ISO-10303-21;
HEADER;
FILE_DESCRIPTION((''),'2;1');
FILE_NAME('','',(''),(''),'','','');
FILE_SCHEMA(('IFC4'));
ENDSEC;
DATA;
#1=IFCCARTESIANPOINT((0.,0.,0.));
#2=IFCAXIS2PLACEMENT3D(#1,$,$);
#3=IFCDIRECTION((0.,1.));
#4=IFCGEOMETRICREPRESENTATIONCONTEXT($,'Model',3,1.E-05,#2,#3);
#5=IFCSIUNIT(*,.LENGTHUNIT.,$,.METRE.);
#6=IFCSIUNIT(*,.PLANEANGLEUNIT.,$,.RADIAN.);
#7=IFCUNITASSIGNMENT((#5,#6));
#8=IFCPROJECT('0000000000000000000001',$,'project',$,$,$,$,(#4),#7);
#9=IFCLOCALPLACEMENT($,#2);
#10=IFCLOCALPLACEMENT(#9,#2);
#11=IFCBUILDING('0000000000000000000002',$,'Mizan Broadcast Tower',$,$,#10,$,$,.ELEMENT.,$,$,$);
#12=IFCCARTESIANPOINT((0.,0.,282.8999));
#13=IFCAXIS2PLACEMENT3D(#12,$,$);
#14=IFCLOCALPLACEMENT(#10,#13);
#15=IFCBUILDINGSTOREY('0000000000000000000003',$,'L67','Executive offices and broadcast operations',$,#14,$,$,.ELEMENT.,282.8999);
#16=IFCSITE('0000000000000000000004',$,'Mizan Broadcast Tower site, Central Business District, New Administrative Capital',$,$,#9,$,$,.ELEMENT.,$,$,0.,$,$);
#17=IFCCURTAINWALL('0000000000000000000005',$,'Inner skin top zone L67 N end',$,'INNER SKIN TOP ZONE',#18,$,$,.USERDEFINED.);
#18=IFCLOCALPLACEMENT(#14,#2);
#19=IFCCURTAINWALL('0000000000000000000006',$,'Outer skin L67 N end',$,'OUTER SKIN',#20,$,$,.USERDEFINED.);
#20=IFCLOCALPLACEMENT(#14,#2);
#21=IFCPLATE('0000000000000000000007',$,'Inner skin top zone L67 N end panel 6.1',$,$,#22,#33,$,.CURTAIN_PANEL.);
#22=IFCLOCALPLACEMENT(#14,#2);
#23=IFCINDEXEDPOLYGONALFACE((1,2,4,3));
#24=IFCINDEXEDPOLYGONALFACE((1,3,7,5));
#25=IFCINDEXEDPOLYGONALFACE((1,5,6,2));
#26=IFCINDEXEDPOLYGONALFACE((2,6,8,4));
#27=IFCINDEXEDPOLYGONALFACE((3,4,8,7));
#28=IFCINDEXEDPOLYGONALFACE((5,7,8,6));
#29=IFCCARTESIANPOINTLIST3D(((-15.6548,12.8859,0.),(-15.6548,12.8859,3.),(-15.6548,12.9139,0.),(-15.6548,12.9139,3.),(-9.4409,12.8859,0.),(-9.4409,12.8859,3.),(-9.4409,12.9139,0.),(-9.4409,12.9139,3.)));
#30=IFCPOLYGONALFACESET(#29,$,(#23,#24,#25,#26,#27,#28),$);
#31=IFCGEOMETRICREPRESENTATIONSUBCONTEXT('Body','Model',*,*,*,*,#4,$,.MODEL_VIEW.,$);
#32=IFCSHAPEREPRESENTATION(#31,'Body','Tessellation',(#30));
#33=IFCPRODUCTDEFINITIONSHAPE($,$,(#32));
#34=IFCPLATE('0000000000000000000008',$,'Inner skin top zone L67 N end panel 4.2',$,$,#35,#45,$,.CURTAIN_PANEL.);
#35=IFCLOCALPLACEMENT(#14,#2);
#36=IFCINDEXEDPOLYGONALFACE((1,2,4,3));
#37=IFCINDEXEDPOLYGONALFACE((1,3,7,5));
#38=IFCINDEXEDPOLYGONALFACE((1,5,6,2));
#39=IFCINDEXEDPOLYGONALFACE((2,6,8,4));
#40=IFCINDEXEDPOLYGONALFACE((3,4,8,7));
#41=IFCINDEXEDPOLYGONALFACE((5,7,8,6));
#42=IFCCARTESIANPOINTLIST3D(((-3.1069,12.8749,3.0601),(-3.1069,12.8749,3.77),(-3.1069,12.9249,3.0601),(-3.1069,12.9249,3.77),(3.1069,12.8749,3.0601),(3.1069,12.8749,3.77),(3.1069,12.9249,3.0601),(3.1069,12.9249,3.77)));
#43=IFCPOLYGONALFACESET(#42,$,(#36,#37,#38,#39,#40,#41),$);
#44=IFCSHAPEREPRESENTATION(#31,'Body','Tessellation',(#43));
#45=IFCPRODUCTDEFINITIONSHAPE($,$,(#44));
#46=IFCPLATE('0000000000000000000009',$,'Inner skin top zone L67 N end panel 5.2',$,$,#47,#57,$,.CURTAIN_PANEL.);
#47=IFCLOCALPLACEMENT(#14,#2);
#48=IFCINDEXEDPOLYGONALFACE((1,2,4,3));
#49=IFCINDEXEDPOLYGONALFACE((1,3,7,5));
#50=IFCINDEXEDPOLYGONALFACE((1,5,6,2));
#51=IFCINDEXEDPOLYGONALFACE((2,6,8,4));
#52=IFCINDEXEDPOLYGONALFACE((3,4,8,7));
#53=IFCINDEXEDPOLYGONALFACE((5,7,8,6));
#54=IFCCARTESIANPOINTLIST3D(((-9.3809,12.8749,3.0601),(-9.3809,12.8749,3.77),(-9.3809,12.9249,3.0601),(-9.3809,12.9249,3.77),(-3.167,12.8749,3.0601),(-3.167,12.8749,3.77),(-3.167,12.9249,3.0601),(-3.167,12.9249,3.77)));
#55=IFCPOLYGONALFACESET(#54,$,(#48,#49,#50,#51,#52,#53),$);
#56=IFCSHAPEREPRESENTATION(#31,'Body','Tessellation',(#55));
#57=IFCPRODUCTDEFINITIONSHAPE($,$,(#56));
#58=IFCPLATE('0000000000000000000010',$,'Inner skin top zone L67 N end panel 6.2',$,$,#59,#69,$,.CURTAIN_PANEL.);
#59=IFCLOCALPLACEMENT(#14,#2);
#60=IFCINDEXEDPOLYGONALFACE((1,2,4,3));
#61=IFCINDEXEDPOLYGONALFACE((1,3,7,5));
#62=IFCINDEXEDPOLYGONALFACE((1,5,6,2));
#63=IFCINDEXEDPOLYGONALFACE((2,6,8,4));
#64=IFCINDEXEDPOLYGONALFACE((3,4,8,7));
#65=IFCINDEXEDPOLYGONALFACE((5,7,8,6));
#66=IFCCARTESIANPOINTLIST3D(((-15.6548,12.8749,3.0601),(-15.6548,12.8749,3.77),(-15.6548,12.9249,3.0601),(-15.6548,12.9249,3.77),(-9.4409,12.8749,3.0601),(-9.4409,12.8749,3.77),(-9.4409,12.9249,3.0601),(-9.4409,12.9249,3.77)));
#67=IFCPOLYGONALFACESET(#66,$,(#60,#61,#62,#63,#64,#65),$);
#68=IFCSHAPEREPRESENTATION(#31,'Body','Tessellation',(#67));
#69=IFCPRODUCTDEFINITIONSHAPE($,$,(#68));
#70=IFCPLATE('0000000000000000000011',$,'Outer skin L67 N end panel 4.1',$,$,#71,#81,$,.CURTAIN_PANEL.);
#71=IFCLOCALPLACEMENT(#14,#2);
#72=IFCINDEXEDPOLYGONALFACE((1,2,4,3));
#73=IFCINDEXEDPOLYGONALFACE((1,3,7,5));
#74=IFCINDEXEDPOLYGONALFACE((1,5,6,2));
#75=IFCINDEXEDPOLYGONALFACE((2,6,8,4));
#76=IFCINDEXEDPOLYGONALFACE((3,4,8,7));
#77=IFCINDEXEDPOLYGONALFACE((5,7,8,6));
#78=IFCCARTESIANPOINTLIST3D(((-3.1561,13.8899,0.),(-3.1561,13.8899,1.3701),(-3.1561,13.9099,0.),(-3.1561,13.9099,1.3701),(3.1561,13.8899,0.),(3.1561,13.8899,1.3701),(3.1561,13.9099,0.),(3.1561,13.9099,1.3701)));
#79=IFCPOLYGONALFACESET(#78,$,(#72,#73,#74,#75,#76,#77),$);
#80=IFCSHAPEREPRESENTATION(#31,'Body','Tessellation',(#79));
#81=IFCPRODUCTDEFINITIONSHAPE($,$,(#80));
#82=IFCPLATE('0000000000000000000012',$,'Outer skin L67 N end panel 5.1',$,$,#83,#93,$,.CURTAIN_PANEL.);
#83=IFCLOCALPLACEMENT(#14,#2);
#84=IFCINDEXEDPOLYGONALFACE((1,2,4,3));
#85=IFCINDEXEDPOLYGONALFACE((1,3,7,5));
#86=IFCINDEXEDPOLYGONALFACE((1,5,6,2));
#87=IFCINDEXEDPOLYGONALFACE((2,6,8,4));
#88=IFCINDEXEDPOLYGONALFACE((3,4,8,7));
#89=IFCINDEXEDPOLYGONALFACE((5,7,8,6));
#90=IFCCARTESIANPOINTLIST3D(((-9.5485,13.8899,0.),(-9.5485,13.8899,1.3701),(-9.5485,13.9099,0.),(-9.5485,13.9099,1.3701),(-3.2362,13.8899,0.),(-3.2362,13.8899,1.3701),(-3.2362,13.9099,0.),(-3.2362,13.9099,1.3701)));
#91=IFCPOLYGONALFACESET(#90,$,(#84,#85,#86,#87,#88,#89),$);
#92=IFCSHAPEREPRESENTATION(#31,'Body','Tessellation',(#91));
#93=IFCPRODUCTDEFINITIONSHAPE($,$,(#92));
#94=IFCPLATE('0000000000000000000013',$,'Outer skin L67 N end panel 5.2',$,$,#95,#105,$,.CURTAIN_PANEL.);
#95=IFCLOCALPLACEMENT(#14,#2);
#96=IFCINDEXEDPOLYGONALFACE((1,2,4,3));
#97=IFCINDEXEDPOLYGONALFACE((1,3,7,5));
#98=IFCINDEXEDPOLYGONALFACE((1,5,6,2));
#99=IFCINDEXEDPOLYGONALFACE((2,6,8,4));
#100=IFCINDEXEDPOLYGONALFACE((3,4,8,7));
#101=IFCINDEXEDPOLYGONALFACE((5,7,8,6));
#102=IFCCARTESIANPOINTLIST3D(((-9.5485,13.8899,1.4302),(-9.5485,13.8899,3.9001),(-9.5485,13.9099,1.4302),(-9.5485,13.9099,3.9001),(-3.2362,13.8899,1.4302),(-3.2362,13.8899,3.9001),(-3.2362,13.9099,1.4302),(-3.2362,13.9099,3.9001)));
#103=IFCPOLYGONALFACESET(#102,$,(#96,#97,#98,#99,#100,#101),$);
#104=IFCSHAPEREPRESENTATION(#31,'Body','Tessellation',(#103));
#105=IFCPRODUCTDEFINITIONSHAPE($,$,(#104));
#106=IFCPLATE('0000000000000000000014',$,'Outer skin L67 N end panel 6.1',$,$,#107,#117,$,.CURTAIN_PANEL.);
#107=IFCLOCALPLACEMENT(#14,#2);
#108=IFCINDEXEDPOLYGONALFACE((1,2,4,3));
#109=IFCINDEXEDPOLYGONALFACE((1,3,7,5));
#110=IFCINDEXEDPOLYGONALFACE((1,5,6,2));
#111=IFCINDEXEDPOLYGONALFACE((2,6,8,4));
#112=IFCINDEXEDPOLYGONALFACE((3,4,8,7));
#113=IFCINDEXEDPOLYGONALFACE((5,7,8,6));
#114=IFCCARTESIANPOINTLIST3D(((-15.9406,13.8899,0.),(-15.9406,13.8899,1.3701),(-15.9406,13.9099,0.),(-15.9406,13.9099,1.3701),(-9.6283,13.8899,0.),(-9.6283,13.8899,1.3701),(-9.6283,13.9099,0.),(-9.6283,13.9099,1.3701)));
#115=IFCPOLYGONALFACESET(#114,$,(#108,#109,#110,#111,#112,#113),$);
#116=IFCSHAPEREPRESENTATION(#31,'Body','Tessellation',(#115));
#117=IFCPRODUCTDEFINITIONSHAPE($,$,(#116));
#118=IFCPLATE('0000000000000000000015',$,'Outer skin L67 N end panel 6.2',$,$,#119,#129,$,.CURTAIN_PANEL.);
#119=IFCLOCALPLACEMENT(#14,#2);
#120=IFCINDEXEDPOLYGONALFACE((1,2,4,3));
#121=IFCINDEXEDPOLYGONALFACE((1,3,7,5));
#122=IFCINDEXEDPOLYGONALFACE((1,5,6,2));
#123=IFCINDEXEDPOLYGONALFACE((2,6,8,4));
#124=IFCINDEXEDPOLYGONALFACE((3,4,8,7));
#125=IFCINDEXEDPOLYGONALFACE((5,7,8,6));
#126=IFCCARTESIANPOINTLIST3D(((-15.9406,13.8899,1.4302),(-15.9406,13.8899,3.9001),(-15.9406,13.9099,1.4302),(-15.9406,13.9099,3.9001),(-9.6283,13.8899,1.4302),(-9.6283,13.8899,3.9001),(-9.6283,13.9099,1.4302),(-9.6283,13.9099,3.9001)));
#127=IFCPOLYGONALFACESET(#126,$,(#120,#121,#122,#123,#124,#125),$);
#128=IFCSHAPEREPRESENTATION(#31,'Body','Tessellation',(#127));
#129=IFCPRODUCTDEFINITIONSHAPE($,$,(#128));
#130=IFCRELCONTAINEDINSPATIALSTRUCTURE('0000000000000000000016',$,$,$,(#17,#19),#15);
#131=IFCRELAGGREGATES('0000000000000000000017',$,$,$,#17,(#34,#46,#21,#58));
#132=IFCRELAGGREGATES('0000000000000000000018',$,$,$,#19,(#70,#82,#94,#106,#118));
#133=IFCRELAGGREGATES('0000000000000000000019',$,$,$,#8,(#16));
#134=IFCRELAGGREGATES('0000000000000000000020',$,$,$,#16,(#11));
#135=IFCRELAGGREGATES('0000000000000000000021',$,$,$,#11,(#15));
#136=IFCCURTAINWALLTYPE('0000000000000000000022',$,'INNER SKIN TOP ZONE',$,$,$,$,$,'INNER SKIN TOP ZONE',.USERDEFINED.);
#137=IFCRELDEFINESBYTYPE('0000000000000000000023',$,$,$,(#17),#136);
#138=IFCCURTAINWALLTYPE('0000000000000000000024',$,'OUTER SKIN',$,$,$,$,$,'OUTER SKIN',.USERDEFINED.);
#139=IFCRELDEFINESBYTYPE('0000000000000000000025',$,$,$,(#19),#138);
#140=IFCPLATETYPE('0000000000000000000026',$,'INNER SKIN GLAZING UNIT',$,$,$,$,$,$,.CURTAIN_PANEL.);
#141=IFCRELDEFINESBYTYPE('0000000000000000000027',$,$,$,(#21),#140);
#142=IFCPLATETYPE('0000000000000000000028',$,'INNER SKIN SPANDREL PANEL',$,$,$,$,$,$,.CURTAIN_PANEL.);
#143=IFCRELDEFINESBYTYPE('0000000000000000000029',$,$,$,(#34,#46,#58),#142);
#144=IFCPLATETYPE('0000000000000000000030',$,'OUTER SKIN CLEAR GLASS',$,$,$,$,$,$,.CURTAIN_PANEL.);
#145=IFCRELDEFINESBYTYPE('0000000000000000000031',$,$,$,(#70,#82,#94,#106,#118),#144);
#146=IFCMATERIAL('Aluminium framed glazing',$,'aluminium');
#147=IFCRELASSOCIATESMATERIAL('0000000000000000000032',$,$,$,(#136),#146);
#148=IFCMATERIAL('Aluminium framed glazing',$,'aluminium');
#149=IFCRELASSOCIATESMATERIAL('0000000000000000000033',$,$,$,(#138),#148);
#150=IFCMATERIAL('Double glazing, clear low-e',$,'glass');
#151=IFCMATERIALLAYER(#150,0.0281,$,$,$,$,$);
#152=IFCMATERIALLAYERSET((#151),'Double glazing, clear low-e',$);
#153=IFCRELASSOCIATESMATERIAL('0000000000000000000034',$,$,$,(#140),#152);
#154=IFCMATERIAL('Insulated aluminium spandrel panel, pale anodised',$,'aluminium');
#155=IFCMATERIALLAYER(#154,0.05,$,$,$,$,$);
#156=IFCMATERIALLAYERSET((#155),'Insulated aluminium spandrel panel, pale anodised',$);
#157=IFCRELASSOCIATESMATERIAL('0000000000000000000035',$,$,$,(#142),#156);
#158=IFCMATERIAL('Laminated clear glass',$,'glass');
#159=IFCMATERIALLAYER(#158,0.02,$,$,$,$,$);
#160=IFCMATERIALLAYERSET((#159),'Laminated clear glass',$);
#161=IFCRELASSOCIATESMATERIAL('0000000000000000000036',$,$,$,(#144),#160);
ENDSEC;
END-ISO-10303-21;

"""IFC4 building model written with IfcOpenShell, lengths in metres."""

from ifc_helpers import new_model, si_unit, direction, frame, origin, origin_2d, place, context, subcontext, project, spatial, rectangle, extrude, material, layer, layer_set, type_object, element, aggregate, save


model = new_model("IFC4")

# Units and contexts
model_context = context("Model", 3, precision=1e-05, world=origin(), true_north=direction((0.0, 1.0)))
body_context = subcontext(model_context, "Body", "Model", "MODEL_VIEW")
ifc_project = project(units=[si_unit("LENGTHUNIT", "METRE"), si_unit("PLANEANGLEUNIT", "RADIAN")], contexts=[model_context])

# Site, building, storey
site_placement = place(None, origin())
site = spatial("IfcSite", under=ifc_project, at=site_placement, Name="Mizan Broadcast Tower site, Central Business District, New Administrative Capital", CompositionType="ELEMENT", RefElevation=0.0)
building_placement = place(site_placement, origin())
building = spatial("IfcBuilding", under=site, at=building_placement, Name="Mizan Broadcast Tower", CompositionType="ELEMENT")
storey_placement = place(building_placement, frame((0.0, 0.0, 282.8999)))
storey = spatial("IfcBuildingStorey", under=building, at=storey_placement, Name="L67", Description="Executive offices and broadcast operations", CompositionType="ELEMENT", Elevation=282.8999)

# Curtain walls
ifc_material_1 = material(Name="Aluminium framed glazing", Category="aluminium")
curtain_wall_type_1 = type_object("IfcCurtainWallType", Name="INNER SKIN TOP ZONE", ElementType="INNER SKIN TOP ZONE", PredefinedType="USERDEFINED", material=ifc_material_1)
curtain_wall_1_placement = place(storey_placement, origin())
curtain_wall_1 = element("IfcCurtainWall", 1, at=curtain_wall_1_placement, inside=storey, type_object=curtain_wall_type_1, Name="Inner skin top zone L67 N end", ObjectType="INNER SKIN TOP ZONE", PredefinedType="USERDEFINED")
ifc_material_2 = material(Name="Aluminium framed glazing", Category="aluminium")
curtain_wall_type_2 = type_object("IfcCurtainWallType", Name="OUTER SKIN", ElementType="OUTER SKIN", PredefinedType="USERDEFINED", material=ifc_material_2)
curtain_wall_2_placement = place(storey_placement, origin())
curtain_wall_2 = element("IfcCurtainWall", 2, at=curtain_wall_2_placement, inside=storey, type_object=curtain_wall_type_2, Name="Outer skin L67 N end", ObjectType="OUTER SKIN", PredefinedType="USERDEFINED")

# Plates
ifc_material_3 = material(Name="Double glazing, clear low-e", Category="glass")
ifc_layer_1 = layer(ifc_material_3, 0.0281)
ifc_layer_set_1 = layer_set([ifc_layer_1], Name="Double glazing, clear low-e")
plate_type_1 = type_object("IfcPlateType", Name="INNER SKIN GLAZING UNIT", PredefinedType="CURTAIN_PANEL", material=ifc_layer_set_1)
plate_1_placement = place(storey_placement, frame((-12.5479, 12.8999, 0.0), z_axis=(0.0, 0.0, 1.0), x_axis=(-1.0, 0.0, 0.0)))
plate_1 = element("IfcPlate", 3, at=plate_1_placement, type_object=plate_type_1, Name="Inner skin top zone L67 N end panel 6.1", PredefinedType="CURTAIN_PANEL", context=body_context, shape_type="SweptSolid", body=[
    extrude(rectangle(XDim=6.2139, YDim=0.0281, at=origin_2d()), origin(), (0.0, 0.0, 1.0), 3.0),
])
ifc_material_4 = material(Name="Insulated aluminium spandrel panel, pale anodised", Category="aluminium")
ifc_layer_2 = layer(ifc_material_4, 0.05)
ifc_layer_set_2 = layer_set([ifc_layer_2], Name="Insulated aluminium spandrel panel, pale anodised")
plate_type_2 = type_object("IfcPlateType", Name="INNER SKIN SPANDREL PANEL", PredefinedType="CURTAIN_PANEL", material=ifc_layer_set_2)
plate_2_placement = place(storey_placement, frame((0.0, 12.8999, 3.0601), z_axis=(0.0, 0.0, 1.0), x_axis=(-1.0, 0.0, 0.0)))
plate_2 = element("IfcPlate", 4, at=plate_2_placement, type_object=plate_type_2, Name="Inner skin top zone L67 N end panel 4.2", PredefinedType="CURTAIN_PANEL", context=body_context, shape_type="SweptSolid", body=[
    extrude(rectangle(XDim=6.2139, YDim=0.05, at=origin_2d()), origin(), (0.0, 0.0, 1.0), 0.71),
])
plate_3_placement = place(storey_placement, frame((-6.2739, 12.8999, 3.0601), z_axis=(0.0, 0.0, 1.0), x_axis=(-1.0, 0.0, 0.0)))
plate_3 = element("IfcPlate", 5, at=plate_3_placement, type_object=plate_type_2, Name="Inner skin top zone L67 N end panel 5.2", PredefinedType="CURTAIN_PANEL", context=body_context, shape_type="SweptSolid", body=[
    extrude(rectangle(XDim=6.2139, YDim=0.05, at=origin_2d()), origin(), (0.0, 0.0, 1.0), 0.71),
])
plate_4_placement = place(storey_placement, frame((-12.5479, 12.8999, 3.0601), z_axis=(0.0, 0.0, 1.0), x_axis=(-1.0, 0.0, 0.0)))
plate_4 = element("IfcPlate", 6, at=plate_4_placement, type_object=plate_type_2, Name="Inner skin top zone L67 N end panel 6.2", PredefinedType="CURTAIN_PANEL", context=body_context, shape_type="SweptSolid", body=[
    extrude(rectangle(XDim=6.2139, YDim=0.05, at=origin_2d()), origin(), (0.0, 0.0, 1.0), 0.71),
])
aggregate(curtain_wall_1, [plate_2, plate_3, plate_1, plate_4])
ifc_material_5 = material(Name="Laminated clear glass", Category="glass")
ifc_layer_3 = layer(ifc_material_5, 0.02)
ifc_layer_set_3 = layer_set([ifc_layer_3], Name="Laminated clear glass")
plate_type_3 = type_object("IfcPlateType", Name="OUTER SKIN CLEAR GLASS", PredefinedType="CURTAIN_PANEL", material=ifc_layer_set_3)
plate_5_placement = place(storey_placement, frame((0.0, 13.8999, 0.0), z_axis=(0.0, 0.0, 1.0), x_axis=(-1.0, 0.0, 0.0)))
plate_5 = element("IfcPlate", 7, at=plate_5_placement, type_object=plate_type_3, Name="Outer skin L67 N end panel 4.1", PredefinedType="CURTAIN_PANEL", context=body_context, shape_type="SweptSolid", body=[
    extrude(rectangle(XDim=6.3123, YDim=0.02, at=origin_2d()), origin(), (0.0, 0.0, 1.0), 1.3701),
])
plate_6_placement = place(storey_placement, frame((-6.3923, 13.8999, 0.0), z_axis=(0.0, 0.0, 1.0), x_axis=(-1.0, 0.0, 0.0)))
plate_6 = element("IfcPlate", 8, at=plate_6_placement, type_object=plate_type_3, Name="Outer skin L67 N end panel 5.1", PredefinedType="CURTAIN_PANEL", context=body_context, shape_type="SweptSolid", body=[
    extrude(rectangle(XDim=6.3123, YDim=0.02, at=origin_2d()), origin(), (0.0, 0.0, 1.0), 1.3701),
])
plate_7_placement = place(storey_placement, frame((-6.3923, 13.8999, 1.4302), z_axis=(0.0, 0.0, 1.0), x_axis=(-1.0, 0.0, 0.0)))
plate_7 = element("IfcPlate", 9, at=plate_7_placement, type_object=plate_type_3, Name="Outer skin L67 N end panel 5.2", PredefinedType="CURTAIN_PANEL", context=body_context, shape_type="SweptSolid", body=[
    extrude(rectangle(XDim=6.3123, YDim=0.02, at=origin_2d()), origin(), (0.0, 0.0, 1.0), 2.47),
])
plate_8_placement = place(storey_placement, frame((-12.7844, 13.8999, 0.0), z_axis=(0.0, 0.0, 1.0), x_axis=(-1.0, 0.0, 0.0)))
plate_8 = element("IfcPlate", 10, at=plate_8_placement, type_object=plate_type_3, Name="Outer skin L67 N end panel 6.1", PredefinedType="CURTAIN_PANEL", context=body_context, shape_type="SweptSolid", body=[
    extrude(rectangle(XDim=6.3123, YDim=0.02, at=origin_2d()), origin(), (0.0, 0.0, 1.0), 1.3701),
])
plate_9_placement = place(storey_placement, frame((-12.7844, 13.8999, 1.4302), z_axis=(0.0, 0.0, 1.0), x_axis=(-1.0, 0.0, 0.0)))
plate_9 = element("IfcPlate", 11, at=plate_9_placement, type_object=plate_type_3, Name="Outer skin L67 N end panel 6.2", PredefinedType="CURTAIN_PANEL", context=body_context, shape_type="SweptSolid", body=[
    extrude(rectangle(XDim=6.3123, YDim=0.02, at=origin_2d()), origin(), (0.0, 0.0, 1.0), 2.47),
])
aggregate(curtain_wall_2, [plate_5, plate_6, plate_7, plate_8, plate_9])

save(model, "model.ifc")
